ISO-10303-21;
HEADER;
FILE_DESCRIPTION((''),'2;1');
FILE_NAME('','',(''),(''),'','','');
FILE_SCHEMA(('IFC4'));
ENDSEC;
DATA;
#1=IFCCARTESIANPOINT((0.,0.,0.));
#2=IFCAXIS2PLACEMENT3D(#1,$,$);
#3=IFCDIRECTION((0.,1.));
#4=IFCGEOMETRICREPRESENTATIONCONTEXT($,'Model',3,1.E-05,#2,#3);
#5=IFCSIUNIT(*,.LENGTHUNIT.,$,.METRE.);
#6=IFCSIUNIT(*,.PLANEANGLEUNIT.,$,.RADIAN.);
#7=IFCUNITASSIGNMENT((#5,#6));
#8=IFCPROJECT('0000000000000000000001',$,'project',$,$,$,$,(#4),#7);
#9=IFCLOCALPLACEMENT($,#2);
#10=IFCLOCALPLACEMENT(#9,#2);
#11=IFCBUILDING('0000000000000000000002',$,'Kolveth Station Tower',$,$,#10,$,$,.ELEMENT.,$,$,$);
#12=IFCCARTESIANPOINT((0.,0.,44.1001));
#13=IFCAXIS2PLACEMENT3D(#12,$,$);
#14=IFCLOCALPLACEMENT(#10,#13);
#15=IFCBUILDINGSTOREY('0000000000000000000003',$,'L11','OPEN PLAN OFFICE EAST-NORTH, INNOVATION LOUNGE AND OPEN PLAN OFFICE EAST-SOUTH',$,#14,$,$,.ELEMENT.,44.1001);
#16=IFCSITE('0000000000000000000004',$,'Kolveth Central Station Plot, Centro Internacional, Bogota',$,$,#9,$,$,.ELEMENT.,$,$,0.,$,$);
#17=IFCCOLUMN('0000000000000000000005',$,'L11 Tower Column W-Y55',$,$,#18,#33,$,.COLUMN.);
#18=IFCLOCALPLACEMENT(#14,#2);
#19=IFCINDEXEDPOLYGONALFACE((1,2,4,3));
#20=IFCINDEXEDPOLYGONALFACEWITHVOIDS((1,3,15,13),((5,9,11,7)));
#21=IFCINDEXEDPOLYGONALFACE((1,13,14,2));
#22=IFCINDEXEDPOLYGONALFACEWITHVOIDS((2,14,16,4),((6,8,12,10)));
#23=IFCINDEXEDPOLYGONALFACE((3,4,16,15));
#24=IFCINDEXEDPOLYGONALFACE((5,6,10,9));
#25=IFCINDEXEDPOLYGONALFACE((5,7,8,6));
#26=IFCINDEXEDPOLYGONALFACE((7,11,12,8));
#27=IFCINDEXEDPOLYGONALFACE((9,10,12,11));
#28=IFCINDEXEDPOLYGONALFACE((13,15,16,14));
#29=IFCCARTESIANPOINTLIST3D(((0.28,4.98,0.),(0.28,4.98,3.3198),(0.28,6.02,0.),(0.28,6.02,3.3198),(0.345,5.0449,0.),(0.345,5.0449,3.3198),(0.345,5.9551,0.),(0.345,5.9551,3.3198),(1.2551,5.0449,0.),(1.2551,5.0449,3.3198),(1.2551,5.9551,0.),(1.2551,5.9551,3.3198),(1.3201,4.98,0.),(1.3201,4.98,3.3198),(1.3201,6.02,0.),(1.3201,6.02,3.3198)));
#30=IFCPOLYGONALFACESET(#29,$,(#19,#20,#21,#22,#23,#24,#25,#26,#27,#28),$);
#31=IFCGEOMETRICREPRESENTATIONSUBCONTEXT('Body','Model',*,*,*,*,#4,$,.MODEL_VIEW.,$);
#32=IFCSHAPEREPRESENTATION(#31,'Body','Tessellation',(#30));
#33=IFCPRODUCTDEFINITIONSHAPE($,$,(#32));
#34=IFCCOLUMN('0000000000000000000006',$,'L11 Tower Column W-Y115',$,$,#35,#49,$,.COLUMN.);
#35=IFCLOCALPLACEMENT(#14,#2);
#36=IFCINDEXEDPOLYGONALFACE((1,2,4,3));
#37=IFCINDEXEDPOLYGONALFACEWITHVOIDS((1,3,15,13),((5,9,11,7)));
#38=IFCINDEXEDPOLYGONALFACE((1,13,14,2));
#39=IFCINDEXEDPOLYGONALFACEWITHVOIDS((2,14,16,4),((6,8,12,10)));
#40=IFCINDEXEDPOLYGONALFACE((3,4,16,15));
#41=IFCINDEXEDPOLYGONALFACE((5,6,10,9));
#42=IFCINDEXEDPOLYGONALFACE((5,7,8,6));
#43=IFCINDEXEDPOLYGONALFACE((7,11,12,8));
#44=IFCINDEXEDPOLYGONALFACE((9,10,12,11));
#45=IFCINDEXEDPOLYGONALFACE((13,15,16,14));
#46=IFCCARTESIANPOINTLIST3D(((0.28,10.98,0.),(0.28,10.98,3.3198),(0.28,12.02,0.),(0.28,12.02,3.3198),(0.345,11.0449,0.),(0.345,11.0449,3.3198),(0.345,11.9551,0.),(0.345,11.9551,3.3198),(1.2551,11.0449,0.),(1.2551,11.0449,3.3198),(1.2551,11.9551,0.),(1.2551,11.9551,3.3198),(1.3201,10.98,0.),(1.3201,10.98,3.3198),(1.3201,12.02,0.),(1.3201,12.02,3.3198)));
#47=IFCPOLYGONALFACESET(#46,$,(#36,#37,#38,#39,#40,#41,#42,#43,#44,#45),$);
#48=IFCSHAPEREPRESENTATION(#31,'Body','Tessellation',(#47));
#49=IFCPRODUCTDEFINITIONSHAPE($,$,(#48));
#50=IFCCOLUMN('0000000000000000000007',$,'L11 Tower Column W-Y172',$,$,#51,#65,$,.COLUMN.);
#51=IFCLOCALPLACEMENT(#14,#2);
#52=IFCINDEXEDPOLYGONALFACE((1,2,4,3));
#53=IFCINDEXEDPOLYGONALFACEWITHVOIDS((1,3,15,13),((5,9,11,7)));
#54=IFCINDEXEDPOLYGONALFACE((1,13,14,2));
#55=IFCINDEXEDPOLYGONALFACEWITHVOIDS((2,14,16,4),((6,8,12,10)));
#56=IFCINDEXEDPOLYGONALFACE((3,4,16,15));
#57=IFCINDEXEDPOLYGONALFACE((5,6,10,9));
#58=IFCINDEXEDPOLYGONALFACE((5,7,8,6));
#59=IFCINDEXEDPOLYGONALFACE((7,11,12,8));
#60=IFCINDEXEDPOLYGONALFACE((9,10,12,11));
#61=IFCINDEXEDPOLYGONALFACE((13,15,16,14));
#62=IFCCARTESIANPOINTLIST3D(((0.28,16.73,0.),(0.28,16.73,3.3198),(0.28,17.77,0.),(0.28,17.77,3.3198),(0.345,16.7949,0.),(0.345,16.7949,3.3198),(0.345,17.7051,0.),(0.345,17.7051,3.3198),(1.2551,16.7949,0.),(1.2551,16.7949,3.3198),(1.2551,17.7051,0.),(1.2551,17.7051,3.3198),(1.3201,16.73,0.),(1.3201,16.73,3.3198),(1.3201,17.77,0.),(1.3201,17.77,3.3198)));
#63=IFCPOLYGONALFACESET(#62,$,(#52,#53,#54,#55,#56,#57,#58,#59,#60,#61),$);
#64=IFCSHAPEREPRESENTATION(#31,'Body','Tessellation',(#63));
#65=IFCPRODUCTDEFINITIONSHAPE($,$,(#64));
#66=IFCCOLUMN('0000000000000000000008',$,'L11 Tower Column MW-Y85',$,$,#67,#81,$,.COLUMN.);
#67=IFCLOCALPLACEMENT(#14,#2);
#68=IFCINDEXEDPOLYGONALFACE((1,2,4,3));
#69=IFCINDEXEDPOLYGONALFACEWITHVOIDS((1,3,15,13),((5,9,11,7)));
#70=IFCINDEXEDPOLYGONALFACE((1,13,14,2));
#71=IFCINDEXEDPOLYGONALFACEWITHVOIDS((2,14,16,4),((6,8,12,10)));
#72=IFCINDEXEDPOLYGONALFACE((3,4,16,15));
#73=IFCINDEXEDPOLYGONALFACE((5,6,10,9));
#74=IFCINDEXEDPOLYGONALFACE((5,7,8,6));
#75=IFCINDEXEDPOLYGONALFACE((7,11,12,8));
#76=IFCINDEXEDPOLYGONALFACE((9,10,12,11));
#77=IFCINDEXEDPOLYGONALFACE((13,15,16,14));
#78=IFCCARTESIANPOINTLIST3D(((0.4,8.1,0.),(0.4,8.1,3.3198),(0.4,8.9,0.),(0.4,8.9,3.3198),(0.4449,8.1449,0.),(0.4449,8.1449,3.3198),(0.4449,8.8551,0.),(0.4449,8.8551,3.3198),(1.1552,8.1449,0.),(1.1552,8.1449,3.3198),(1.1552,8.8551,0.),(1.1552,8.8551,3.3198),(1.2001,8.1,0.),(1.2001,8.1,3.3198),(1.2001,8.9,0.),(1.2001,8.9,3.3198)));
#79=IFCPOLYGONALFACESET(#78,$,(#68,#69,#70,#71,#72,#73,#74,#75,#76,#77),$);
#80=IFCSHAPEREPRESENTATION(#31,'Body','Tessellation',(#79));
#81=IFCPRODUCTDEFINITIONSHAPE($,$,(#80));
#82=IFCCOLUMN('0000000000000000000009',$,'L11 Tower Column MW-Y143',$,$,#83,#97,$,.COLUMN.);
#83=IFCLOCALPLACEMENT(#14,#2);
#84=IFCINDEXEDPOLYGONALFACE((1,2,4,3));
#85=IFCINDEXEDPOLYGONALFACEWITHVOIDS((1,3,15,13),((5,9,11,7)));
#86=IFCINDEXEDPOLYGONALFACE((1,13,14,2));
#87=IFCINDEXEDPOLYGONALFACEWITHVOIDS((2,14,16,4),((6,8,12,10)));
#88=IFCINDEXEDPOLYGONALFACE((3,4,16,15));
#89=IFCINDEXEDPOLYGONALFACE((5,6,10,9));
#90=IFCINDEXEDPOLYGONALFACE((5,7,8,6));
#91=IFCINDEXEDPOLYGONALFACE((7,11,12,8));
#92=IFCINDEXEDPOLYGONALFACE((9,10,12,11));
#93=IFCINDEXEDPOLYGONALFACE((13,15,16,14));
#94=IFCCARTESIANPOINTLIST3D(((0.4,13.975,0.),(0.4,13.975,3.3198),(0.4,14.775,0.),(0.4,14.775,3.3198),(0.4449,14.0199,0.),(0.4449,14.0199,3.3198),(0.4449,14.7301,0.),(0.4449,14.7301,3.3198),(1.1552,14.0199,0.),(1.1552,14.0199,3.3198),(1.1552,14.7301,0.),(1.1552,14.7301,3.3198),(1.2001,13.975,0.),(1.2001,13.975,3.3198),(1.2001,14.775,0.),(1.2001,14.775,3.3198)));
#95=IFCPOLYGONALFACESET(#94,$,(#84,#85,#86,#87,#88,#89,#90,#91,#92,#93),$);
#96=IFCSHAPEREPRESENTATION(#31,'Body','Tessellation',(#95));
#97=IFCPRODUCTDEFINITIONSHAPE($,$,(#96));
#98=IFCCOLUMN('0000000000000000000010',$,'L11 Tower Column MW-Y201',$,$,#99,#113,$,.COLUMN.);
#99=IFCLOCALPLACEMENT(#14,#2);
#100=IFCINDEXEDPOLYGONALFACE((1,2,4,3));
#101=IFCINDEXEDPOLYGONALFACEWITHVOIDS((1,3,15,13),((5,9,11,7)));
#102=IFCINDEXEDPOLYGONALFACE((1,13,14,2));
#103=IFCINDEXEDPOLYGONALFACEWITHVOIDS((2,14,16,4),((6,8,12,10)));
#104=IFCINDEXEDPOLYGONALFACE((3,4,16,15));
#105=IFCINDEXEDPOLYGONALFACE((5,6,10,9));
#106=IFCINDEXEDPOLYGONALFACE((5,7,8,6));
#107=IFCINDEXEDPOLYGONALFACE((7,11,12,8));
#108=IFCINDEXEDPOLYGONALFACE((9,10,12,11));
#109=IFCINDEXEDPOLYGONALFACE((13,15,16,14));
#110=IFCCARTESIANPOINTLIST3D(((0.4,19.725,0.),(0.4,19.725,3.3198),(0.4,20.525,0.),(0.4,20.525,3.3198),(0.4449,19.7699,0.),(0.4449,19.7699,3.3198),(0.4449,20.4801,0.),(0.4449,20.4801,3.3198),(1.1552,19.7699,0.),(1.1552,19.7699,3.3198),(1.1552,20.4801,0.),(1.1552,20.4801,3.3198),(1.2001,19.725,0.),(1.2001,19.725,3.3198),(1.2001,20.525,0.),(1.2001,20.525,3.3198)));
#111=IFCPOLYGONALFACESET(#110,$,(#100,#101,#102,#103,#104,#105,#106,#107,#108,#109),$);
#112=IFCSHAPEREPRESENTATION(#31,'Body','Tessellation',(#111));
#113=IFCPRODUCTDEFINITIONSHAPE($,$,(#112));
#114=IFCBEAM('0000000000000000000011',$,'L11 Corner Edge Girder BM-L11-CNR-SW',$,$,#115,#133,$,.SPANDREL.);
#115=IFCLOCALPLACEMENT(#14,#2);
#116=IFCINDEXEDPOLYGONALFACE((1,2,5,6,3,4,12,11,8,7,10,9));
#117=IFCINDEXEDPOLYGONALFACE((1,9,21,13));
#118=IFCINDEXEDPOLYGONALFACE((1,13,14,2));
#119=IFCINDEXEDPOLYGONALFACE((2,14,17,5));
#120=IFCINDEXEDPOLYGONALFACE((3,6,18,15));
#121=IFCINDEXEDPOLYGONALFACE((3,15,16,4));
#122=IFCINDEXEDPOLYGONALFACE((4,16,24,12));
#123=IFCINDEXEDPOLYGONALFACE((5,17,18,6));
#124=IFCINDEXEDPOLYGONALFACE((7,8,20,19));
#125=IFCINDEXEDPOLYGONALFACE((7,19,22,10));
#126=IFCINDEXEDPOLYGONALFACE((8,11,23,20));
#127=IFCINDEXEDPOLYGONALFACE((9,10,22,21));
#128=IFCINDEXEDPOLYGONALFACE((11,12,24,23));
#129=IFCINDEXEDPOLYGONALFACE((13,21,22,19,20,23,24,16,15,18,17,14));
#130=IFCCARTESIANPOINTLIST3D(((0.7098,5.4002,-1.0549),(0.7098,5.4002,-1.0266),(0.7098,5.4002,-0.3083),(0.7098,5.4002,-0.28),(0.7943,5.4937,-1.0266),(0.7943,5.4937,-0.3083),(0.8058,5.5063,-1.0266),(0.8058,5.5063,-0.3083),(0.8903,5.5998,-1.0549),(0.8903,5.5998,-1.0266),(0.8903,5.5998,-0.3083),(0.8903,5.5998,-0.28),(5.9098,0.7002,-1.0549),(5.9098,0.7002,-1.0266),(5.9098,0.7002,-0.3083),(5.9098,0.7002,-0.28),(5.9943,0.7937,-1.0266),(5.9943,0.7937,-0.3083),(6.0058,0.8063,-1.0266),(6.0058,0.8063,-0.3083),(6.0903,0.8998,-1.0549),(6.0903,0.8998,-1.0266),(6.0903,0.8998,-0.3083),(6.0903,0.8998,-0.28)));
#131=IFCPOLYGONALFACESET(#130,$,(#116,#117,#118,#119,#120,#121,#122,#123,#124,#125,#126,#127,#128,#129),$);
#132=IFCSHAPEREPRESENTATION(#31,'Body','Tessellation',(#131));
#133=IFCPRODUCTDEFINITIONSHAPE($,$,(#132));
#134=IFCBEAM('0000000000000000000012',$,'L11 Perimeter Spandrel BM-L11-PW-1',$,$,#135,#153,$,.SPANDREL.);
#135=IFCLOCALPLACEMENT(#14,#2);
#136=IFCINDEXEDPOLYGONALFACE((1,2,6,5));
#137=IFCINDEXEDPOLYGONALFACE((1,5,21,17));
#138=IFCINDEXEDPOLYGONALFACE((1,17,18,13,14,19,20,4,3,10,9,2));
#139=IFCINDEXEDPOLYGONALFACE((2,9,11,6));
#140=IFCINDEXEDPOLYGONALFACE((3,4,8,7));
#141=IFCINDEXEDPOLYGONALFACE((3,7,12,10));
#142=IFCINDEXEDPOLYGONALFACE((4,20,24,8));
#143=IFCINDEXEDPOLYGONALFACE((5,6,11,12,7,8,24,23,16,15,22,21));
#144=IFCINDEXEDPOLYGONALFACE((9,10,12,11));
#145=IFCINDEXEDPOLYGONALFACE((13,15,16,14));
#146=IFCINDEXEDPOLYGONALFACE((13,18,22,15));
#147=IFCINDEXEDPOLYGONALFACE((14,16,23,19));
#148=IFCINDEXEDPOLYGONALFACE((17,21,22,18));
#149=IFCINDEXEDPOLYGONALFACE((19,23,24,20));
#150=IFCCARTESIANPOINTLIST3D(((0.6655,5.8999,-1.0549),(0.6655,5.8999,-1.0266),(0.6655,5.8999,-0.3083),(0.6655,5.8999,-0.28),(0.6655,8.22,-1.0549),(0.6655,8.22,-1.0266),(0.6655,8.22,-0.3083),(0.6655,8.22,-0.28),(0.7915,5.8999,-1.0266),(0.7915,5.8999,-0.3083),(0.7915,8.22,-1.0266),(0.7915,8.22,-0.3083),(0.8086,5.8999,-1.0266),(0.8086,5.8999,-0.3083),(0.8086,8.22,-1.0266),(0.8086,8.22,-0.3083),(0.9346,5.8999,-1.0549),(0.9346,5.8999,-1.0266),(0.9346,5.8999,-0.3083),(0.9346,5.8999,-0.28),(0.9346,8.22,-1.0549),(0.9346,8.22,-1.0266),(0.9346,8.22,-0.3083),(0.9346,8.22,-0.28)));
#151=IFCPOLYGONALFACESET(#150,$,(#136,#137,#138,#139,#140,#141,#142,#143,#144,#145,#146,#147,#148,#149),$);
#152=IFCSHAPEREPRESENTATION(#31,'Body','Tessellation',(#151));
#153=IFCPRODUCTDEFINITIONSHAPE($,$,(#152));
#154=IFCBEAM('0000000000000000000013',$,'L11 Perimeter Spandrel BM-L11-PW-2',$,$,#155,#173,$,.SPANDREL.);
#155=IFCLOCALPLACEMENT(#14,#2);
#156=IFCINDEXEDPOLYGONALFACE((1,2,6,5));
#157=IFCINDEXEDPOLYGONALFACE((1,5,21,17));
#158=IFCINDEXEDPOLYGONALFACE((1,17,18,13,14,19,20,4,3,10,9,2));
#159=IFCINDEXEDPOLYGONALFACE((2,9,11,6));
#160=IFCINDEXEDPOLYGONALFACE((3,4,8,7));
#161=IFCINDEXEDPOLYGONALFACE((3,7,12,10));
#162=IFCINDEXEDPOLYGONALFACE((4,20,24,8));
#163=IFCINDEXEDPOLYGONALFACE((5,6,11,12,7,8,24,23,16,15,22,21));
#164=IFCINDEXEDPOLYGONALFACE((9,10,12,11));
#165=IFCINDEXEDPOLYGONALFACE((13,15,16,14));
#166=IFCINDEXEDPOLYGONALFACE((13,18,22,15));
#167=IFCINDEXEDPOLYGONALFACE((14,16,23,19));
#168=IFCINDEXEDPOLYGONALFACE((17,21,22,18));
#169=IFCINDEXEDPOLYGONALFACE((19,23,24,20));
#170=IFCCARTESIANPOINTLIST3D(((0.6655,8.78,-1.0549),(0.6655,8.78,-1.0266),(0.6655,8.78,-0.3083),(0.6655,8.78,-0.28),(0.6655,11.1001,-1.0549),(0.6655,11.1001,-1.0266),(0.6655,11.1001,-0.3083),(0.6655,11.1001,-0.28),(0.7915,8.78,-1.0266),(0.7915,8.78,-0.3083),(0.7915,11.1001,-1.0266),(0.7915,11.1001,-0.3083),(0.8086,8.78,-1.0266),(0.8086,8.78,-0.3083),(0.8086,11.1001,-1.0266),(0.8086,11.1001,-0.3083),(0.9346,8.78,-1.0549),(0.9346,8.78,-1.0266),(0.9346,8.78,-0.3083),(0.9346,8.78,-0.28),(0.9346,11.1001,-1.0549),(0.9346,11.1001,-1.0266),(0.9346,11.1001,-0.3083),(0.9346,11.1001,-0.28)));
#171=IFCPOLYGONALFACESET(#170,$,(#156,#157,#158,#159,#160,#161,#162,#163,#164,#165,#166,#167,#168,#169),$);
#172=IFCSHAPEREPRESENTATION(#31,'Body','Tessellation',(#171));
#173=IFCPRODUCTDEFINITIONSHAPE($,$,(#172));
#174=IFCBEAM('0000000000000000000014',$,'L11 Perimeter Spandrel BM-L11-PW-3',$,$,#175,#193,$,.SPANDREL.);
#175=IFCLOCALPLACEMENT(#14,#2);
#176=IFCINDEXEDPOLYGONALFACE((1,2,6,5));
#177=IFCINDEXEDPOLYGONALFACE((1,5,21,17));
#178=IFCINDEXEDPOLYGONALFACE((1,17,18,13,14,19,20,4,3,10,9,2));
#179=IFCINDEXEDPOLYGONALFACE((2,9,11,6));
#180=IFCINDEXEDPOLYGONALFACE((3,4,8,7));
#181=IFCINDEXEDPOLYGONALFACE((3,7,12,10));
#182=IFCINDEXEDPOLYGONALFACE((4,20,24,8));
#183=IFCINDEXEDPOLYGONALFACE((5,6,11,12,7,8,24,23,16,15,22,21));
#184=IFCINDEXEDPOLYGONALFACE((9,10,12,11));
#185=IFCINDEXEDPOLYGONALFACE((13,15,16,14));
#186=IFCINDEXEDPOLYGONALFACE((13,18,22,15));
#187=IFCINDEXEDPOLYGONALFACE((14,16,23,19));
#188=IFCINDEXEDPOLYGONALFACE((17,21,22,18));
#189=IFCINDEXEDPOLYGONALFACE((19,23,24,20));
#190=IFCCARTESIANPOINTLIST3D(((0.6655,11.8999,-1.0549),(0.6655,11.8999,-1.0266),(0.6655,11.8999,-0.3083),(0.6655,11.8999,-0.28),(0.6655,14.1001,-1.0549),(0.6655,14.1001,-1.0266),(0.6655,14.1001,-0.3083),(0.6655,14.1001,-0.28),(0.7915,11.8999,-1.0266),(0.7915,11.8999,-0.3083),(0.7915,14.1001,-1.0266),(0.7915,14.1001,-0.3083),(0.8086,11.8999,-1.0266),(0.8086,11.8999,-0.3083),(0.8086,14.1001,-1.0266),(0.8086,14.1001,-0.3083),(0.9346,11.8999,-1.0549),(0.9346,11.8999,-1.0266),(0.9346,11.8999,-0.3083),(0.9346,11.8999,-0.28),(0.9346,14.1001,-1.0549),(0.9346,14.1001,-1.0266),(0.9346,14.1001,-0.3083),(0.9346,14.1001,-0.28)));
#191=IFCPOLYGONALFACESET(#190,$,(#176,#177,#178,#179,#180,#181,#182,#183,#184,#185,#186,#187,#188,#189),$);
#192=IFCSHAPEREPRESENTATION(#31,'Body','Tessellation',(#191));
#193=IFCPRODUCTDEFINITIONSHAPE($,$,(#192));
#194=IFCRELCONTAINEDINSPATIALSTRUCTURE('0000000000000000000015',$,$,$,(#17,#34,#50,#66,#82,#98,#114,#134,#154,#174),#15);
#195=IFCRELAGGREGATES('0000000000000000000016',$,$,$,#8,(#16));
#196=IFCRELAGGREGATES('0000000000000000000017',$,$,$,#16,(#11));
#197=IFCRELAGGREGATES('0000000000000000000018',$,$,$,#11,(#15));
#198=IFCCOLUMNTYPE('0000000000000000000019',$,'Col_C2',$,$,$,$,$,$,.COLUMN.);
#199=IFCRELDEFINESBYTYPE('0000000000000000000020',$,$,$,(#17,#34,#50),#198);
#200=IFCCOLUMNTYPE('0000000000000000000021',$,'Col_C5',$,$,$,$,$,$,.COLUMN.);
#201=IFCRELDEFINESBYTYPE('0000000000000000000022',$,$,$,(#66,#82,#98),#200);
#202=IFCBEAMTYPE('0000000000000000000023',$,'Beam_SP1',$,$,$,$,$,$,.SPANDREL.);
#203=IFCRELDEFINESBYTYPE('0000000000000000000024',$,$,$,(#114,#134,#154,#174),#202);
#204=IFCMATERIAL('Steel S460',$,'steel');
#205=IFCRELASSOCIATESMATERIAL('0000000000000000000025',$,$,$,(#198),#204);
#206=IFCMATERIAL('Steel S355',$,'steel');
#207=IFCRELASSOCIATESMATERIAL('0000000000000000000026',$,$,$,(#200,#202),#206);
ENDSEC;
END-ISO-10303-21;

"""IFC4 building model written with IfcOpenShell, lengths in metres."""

from ifc_helpers import new_model, si_unit, direction, frame, origin, origin_2d, place, context, subcontext, project, spatial, hollow_rectangle, i_section, extrude, source, transform, mapped, material, material_profile, profile_set, type_object, element, save


model = new_model("IFC4")

# Units and contexts
model_context = context("Model", 3, precision=1e-05, world=origin(), true_north=direction((0.0, 1.0)))
body_context = subcontext(model_context, "Body", "Model", "MODEL_VIEW")
ifc_project = project(units=[si_unit("LENGTHUNIT", "METRE"), si_unit("PLANEANGLEUNIT", "RADIAN")], contexts=[model_context])

# Site, building, storey
site_placement = place(None, origin())
site = spatial("IfcSite", under=ifc_project, at=site_placement, Name="Kolveth Central Station Plot, Centro Internacional, Bogota", CompositionType="ELEMENT", RefElevation=0.0)
building_placement = place(site_placement, origin())
building = spatial("IfcBuilding", under=site, at=building_placement, Name="Kolveth Station Tower", CompositionType="ELEMENT")
storey_placement = place(building_placement, frame((0.0, 0.0, 44.1001)))
storey = spatial("IfcBuildingStorey", under=building, at=storey_placement, Name="L11", Description="OPEN PLAN OFFICE EAST-NORTH, INNOVATION LOUNGE AND OPEN PLAN OFFICE EAST-SOUTH", CompositionType="ELEMENT", Elevation=44.1001)

# Columns
ifc_material_1 = material(Name="Steel S460", Category="steel")
ifc_material_profile_1 = material_profile(ifc_material_1, hollow_rectangle(XDim=1.04, YDim=1.04, WallThickness=0.0649, at=origin_2d()), Name="BOX1040x1040x65")
ifc_profile_set_1 = profile_set([ifc_material_profile_1], Name="Steel S460")
column_type_1 = type_object("IfcColumnType", Name="Col_C2", PredefinedType="COLUMN", material=ifc_profile_set_1)
shared_shape_1 = source(origin(), body_context, "Body", "SweptSolid", [
    extrude(hollow_rectangle(XDim=1.04, YDim=1.04, WallThickness=0.0649, at=origin_2d()), origin(), (0.0, 0.0, 1.0), 3.3198),
])
for number, where, z_axis, x_axis, name in (
    (1, (0.8, 5.5, 0.0), (0.0, 0.0, 1.0), (1.0, 0.0, 0.0), "L11 Tower Column W-Y55"),
    (2, (0.8, 11.5, 0.0), (0.0, 0.0, 1.0), (1.0, 0.0, 0.0), "L11 Tower Column W-Y115"),
    (3, (0.8, 17.25, 0.0), (0.0, 0.0, 1.0), (1.0, 0.0, 0.0), "L11 Tower Column W-Y172"),
):
    element("IfcColumn", number, at=place(storey_placement, frame(where, z_axis=z_axis, x_axis=x_axis)), inside=storey, type_object=column_type_1, Name=name, PredefinedType="COLUMN", context=body_context, shape_type="MappedRepresentation", body=[
        mapped(shared_shape_1, transform((0.0, 0.0, 0.0), x_axis=(1.0, 0.0, 0.0), y_axis=(0.0, 1.0, 0.0), z_axis=(0.0, 0.0, 1.0), scale=1.0)),
    ])
ifc_material_2 = material(Name="Steel S355", Category="steel")
ifc_material_profile_2 = material_profile(ifc_material_2, hollow_rectangle(XDim=0.8, YDim=0.8, WallThickness=0.0449, at=origin_2d()), Name="BOX800x800x45")
ifc_profile_set_2 = profile_set([ifc_material_profile_2], Name="Steel S355")
column_type_2 = type_object("IfcColumnType", Name="Col_C5", PredefinedType="COLUMN", material=ifc_profile_set_2)
shared_shape_2 = source(origin(), body_context, "Body", "SweptSolid", [
    extrude(hollow_rectangle(XDim=0.8, YDim=0.8, WallThickness=0.0449, at=origin_2d()), origin(), (0.0, 0.0, 1.0), 3.3198),
])
for number, where, z_axis, x_axis, name in (
    (4, (0.8, 8.5, 0.0), (0.0, 0.0, 1.0), (1.0, 0.0, 0.0), "L11 Tower Column MW-Y85"),
    (5, (0.8, 14.375, 0.0), (0.0, 0.0, 1.0), (1.0, 0.0, 0.0), "L11 Tower Column MW-Y143"),
    (6, (0.8, 20.125, 0.0), (0.0, 0.0, 1.0), (1.0, 0.0, 0.0), "L11 Tower Column MW-Y201"),
):
    element("IfcColumn", number, at=place(storey_placement, frame(where, z_axis=z_axis, x_axis=x_axis)), inside=storey, type_object=column_type_2, Name=name, PredefinedType="COLUMN", context=body_context, shape_type="MappedRepresentation", body=[
        mapped(shared_shape_2, transform((0.0, 0.0, 0.0), x_axis=(1.0, 0.0, 0.0), y_axis=(0.0, 1.0, 0.0), z_axis=(0.0, 0.0, 1.0), scale=1.0)),
    ])

# Beams
ifc_material_profile_3 = material_profile(ifc_material_2, i_section(OverallWidth=0.269, OverallDepth=0.7749, WebThickness=0.0171, FlangeThickness=0.0283, at=origin_2d()), Name="W760x220")
ifc_profile_set_3 = profile_set([ifc_material_profile_3], Name="Steel S355")
beam_type_1 = type_object("IfcBeamType", Name="Beam_SP1", PredefinedType="SPANDREL", material=ifc_profile_set_3)
shared_shape_3 = source(origin(), body_context, "Body", "SweptSolid", [
    extrude(i_section(OverallWidth=0.269, OverallDepth=0.7749, WebThickness=0.0171, FlangeThickness=0.0283, at=origin_2d()), origin(), (0.0, 0.0, 1.0), 7.0093),
])
beam_1_placement = place(storey_placement, frame((0.8, 5.5, -0.6675), z_axis=(0.741874, -0.670539, 0.0), x_axis=(0.670539, 0.741874, 0.0)))
element("IfcBeam", 7, at=beam_1_placement, inside=storey, type_object=beam_type_1, Name="L11 Corner Edge Girder BM-L11-CNR-SW", PredefinedType="SPANDREL", context=body_context, shape_type="MappedRepresentation", body=[
    mapped(shared_shape_3, transform((0.0, 0.0, 0.0), x_axis=(1.0, 0.0, 0.0), y_axis=(0.0, 1.0, 0.0), z_axis=(0.0, 0.0, 1.0), scale=1.0)),
])
shared_shape_4 = source(origin(), body_context, "Body", "SweptSolid", [
    extrude(i_section(OverallWidth=0.269, OverallDepth=0.7749, WebThickness=0.0171, FlangeThickness=0.0283, at=origin_2d()), origin(), (0.0, 0.0, 1.0), 2.3201),
])
for number, where, z_axis, x_axis, name in (
    (8, (0.8, 5.8999, -0.6675), (0.0, 1.0, 0.0), (-1.0, 0.0, 0.0), "L11 Perimeter Spandrel BM-L11-PW-1"),
    (9, (0.8, 8.78, -0.6675), (0.0, 1.0, 0.0), (-1.0, 0.0, 0.0), "L11 Perimeter Spandrel BM-L11-PW-2"),
):
    element("IfcBeam", number, at=place(storey_placement, frame(where, z_axis=z_axis, x_axis=x_axis)), inside=storey, type_object=beam_type_1, Name=name, PredefinedType="SPANDREL", context=body_context, shape_type="MappedRepresentation", body=[
        mapped(shared_shape_4, transform((0.0, 0.0, 0.0), x_axis=(1.0, 0.0, 0.0), y_axis=(0.0, 1.0, 0.0), z_axis=(0.0, 0.0, 1.0), scale=1.0)),
    ])
shared_shape_5 = source(origin(), body_context, "Body", "SweptSolid", [
    extrude(i_section(OverallWidth=0.269, OverallDepth=0.7749, WebThickness=0.0171, FlangeThickness=0.0283, at=origin_2d()), origin(), (0.0, 0.0, 1.0), 2.2002),
])
beam_2_placement = place(storey_placement, frame((0.8, 11.8999, -0.6675), z_axis=(0.0, 1.0, 0.0), x_axis=(-1.0, 0.0, 0.0)))
element("IfcBeam", 10, at=beam_2_placement, inside=storey, type_object=beam_type_1, Name="L11 Perimeter Spandrel BM-L11-PW-3", PredefinedType="SPANDREL", context=body_context, shape_type="MappedRepresentation", body=[
    mapped(shared_shape_5, transform((0.0, 0.0, 0.0), x_axis=(1.0, 0.0, 0.0), y_axis=(0.0, 1.0, 0.0), z_axis=(0.0, 0.0, 1.0), scale=1.0)),
])

save(model, "model.ifc")
